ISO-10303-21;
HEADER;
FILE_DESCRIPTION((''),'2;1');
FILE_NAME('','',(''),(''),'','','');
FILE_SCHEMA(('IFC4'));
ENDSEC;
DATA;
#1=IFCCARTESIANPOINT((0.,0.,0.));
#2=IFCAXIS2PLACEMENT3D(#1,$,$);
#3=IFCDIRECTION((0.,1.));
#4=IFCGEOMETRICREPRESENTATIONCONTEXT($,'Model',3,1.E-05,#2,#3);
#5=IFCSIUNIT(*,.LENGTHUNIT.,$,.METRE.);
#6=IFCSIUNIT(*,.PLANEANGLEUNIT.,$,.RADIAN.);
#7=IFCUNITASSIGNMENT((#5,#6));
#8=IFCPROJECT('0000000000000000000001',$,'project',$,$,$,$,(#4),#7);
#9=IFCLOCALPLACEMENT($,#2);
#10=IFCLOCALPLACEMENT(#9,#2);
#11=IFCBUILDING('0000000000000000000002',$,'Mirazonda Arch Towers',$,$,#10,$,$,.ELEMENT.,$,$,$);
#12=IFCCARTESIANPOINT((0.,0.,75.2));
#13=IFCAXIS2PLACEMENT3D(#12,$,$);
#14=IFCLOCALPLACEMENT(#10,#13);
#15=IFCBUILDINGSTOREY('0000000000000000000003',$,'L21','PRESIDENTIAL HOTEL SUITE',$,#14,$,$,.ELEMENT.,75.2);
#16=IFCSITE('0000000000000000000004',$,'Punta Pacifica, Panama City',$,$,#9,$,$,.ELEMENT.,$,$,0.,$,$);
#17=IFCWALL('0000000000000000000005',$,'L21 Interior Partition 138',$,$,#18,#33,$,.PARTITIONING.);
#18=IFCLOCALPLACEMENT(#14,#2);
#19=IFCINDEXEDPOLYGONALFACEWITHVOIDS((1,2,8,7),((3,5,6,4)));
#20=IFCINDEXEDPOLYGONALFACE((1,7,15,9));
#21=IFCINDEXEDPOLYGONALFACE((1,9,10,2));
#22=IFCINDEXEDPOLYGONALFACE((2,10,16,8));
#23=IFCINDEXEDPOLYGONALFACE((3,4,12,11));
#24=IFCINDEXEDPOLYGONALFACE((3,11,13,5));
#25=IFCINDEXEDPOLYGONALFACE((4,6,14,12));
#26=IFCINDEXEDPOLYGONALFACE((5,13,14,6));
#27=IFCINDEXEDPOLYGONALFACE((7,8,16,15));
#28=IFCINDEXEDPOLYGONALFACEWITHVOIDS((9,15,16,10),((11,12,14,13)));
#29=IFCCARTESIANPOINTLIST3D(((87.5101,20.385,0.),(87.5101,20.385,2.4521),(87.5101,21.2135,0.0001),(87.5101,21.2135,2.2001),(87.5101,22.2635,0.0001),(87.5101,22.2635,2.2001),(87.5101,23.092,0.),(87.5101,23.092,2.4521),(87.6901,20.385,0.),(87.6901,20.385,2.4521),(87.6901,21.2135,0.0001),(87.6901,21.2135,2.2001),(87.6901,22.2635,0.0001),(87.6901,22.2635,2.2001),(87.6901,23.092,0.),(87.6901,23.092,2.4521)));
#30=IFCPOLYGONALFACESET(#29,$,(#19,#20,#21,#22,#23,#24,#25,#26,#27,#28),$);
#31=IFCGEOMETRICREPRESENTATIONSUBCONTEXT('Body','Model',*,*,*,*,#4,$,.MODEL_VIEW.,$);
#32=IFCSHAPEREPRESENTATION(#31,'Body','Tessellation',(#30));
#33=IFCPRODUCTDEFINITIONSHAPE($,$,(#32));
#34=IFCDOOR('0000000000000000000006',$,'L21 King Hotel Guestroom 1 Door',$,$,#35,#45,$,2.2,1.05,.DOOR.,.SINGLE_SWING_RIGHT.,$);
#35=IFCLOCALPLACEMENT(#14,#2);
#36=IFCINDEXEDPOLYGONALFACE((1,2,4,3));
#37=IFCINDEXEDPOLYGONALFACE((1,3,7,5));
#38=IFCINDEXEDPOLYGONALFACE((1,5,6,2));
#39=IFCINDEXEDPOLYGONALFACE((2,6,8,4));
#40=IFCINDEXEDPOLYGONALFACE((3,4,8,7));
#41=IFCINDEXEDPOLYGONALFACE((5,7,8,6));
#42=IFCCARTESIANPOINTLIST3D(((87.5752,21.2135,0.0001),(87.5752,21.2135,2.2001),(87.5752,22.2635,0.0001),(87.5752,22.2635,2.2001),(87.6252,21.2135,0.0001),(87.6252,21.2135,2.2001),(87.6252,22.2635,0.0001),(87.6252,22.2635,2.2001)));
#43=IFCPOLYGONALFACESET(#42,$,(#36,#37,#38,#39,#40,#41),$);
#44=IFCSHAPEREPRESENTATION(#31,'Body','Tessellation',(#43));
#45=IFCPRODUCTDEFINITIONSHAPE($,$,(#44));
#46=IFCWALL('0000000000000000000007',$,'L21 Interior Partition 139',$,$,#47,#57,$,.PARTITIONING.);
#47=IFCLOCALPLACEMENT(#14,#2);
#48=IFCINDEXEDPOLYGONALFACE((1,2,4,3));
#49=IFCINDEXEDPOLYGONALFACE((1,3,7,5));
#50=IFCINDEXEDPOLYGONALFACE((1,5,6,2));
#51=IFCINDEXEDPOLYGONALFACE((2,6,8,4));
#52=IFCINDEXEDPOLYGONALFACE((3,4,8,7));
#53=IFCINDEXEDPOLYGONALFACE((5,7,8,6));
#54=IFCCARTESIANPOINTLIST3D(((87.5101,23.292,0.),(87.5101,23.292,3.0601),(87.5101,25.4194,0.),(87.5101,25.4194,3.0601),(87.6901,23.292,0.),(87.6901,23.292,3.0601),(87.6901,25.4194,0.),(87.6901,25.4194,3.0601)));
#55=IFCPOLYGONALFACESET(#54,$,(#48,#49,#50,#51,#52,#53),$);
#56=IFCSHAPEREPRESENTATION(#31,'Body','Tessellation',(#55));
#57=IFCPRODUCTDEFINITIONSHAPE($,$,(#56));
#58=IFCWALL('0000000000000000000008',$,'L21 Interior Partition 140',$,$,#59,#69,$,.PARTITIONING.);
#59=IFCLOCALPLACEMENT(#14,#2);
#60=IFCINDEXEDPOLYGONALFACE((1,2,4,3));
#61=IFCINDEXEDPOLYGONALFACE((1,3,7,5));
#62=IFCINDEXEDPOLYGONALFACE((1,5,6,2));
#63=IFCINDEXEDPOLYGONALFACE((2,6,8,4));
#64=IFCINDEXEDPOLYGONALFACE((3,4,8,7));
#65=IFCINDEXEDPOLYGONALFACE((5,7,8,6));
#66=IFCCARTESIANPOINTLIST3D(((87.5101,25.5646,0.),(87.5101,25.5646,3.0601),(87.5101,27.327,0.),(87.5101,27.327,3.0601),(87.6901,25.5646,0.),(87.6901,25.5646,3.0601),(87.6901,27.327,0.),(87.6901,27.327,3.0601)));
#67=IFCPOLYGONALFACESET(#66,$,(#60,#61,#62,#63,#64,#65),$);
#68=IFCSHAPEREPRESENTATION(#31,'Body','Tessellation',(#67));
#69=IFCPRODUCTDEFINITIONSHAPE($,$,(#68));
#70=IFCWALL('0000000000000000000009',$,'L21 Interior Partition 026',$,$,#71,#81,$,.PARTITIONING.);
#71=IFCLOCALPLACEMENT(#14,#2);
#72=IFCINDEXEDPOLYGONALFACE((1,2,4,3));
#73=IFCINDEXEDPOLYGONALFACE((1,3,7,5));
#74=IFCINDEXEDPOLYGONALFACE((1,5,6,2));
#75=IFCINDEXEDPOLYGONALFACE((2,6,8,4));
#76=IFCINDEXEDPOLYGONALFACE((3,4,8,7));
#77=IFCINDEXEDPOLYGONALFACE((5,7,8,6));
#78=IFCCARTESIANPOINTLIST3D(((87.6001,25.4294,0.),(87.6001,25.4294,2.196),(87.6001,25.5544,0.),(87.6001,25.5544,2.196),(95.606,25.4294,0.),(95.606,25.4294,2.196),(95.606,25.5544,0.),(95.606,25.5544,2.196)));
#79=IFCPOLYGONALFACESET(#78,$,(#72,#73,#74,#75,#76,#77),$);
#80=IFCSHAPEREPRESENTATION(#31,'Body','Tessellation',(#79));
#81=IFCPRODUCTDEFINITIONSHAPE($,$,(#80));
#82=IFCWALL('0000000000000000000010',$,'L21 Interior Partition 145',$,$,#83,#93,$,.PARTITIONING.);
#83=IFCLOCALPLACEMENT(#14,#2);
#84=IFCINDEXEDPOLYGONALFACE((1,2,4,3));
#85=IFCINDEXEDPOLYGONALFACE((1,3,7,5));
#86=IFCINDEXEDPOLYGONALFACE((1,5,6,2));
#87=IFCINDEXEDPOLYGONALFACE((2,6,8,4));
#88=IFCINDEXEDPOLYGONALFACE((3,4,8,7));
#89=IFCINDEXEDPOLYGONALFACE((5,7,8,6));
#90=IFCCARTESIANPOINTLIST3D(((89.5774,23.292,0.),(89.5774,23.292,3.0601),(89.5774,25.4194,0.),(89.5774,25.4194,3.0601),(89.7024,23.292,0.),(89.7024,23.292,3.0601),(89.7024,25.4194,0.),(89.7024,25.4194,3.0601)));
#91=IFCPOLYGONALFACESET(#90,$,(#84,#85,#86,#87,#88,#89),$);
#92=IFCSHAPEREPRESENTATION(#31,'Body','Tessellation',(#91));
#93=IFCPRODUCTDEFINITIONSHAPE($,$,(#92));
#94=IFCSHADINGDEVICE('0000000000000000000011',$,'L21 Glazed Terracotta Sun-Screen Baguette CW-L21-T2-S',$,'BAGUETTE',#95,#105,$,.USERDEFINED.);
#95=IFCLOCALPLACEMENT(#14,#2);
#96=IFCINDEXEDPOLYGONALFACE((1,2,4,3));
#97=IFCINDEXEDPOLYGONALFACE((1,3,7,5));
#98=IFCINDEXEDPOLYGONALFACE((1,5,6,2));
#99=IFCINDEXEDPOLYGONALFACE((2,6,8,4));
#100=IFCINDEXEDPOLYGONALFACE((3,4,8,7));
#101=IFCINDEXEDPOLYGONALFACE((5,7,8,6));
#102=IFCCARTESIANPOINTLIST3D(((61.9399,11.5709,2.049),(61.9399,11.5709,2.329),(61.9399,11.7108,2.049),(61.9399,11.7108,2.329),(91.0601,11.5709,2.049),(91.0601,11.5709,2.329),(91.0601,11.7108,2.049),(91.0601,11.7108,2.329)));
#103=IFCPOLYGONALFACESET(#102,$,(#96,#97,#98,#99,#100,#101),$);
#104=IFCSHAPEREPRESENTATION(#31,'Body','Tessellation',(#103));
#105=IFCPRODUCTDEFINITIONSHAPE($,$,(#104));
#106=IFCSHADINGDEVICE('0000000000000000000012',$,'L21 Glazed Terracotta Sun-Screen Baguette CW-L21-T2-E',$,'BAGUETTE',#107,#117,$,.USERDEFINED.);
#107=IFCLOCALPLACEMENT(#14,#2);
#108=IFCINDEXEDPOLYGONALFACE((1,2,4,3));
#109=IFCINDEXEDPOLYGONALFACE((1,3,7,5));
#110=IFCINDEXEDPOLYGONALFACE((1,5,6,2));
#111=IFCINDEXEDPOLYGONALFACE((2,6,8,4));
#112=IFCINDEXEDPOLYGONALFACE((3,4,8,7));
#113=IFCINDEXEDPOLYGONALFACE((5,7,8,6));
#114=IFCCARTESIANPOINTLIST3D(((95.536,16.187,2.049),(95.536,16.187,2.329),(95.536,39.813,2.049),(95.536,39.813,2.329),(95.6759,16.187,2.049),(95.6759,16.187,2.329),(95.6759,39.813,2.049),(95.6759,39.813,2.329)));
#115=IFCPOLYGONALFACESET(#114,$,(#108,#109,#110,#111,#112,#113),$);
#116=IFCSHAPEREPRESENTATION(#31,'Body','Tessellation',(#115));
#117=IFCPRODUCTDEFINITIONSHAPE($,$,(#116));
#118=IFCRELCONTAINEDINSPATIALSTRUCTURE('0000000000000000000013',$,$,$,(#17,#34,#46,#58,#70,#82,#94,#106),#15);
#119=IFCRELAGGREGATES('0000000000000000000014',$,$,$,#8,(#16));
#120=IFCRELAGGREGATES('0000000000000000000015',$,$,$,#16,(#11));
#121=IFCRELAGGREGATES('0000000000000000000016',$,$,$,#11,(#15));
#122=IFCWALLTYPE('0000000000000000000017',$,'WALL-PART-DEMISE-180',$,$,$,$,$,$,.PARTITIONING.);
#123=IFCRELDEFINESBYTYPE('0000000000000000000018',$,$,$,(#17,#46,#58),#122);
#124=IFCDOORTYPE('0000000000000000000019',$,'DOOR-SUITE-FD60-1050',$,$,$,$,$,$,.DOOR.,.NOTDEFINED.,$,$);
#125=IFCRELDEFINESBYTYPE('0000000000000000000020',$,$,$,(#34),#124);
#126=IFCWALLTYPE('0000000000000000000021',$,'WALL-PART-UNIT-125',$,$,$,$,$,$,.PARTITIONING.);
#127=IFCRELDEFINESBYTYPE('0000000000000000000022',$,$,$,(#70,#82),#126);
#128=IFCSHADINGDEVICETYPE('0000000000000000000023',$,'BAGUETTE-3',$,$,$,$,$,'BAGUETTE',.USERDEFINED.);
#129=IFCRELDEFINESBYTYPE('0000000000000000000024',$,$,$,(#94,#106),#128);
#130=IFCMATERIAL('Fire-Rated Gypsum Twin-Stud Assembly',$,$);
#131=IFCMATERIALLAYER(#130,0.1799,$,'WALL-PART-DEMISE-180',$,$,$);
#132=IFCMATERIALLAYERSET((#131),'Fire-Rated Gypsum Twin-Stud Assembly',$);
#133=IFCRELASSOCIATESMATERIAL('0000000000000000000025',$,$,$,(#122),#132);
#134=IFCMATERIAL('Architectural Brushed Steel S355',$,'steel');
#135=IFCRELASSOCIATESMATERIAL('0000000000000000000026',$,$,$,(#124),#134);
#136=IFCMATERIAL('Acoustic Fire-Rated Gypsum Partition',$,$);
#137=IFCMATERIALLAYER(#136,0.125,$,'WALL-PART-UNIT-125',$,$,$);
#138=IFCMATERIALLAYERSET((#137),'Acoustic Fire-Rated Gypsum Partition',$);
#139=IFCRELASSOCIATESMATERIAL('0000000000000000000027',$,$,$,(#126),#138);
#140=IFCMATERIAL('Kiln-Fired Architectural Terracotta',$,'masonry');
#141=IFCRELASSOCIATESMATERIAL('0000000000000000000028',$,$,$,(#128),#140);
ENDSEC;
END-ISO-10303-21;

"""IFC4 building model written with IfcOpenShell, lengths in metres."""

from ifc_helpers import new_model, si_unit, direction, frame, frame_2d, origin, origin_2d, place, context, subcontext, project, spatial, rectangle, extrude, material, layer, layer_set, material_profile, profile_set, type_object, element, fill, save


model = new_model("IFC4")

# Units and contexts
model_context = context("Model", 3, precision=1e-05, world=origin(), true_north=direction((0.0, 1.0)))
body_context = subcontext(model_context, "Body", "Model", "MODEL_VIEW")
ifc_project = project(units=[si_unit("LENGTHUNIT", "METRE"), si_unit("PLANEANGLEUNIT", "RADIAN")], contexts=[model_context])

# Site, building, storey
site_placement = place(None, origin())
site = spatial("IfcSite", under=ifc_project, at=site_placement, Name="Punta Pacifica, Panama City", CompositionType="ELEMENT", RefElevation=0.0)
building_placement = place(site_placement, origin())
building = spatial("IfcBuilding", under=site, at=building_placement, Name="Mirazonda Arch Towers", CompositionType="ELEMENT")
storey_placement = place(building_placement, frame((0.0, 0.0, 75.2)))
storey = spatial("IfcBuildingStorey", under=building, at=storey_placement, Name="L21", Description="PRESIDENTIAL HOTEL SUITE", CompositionType="ELEMENT", Elevation=75.2)

# Shared definitions
ifc_material_1 = material(Name="Fire-Rated Gypsum Twin-Stud Assembly")
ifc_layer_1 = layer(ifc_material_1, 0.1799, Name="WALL-PART-DEMISE-180")
ifc_layer_set_1 = layer_set([ifc_layer_1], Name="Fire-Rated Gypsum Twin-Stud Assembly")
wall_type_1 = type_object("IfcWallType", Name="WALL-PART-DEMISE-180", PredefinedType="PARTITIONING", material=ifc_layer_set_1)

# Shared definitions
ifc_material_2 = material(Name="Architectural Brushed Steel S355", Category="steel")

# Wall, opening, door
wall_1_placement = place(storey_placement, frame((87.6001, 20.385, 0.0), z_axis=(0.0, 0.0, 1.0), x_axis=(0.0, 1.0, 0.0)))
wall_1 = element("IfcWall", 1, at=wall_1_placement, inside=storey, type_object=wall_type_1, Name="L21 Interior Partition 138", PredefinedType="PARTITIONING", context=body_context, shape_type="SweptSolid", body=[
    extrude(rectangle(XDim=2.707, YDim=0.1799, at=frame_2d((1.3535, 0.0))), origin(), (0.0, 0.0, 1.0), 2.4521),
])
opening_1_placement = place(wall_1_placement, frame((0.8286, 0.0, 0.0)))
opening_1 = element("IfcOpeningElement", 2, at=opening_1_placement, cuts=wall_1, PredefinedType="OPENING", context=body_context, shape_type="SweptSolid", body=[
    extrude(rectangle(XDim=1.05, YDim=2.2, at=frame_2d((0.5249, 1.1001))), frame((0.0, 0.0999, 0.0), z_axis=(0.0, -1.0, 0.0), x_axis=(1.0, 0.0, 0.0)), (0.0, 0.0, 1.0), 0.2),
])
door_type_1 = type_object("IfcDoorType", Name="DOOR-SUITE-FD60-1050", OperationType="NOTDEFINED", PredefinedType="DOOR", material=ifc_material_2)
door_1_placement = place(opening_1_placement, origin())
door_1 = element("IfcDoor", 3, at=door_1_placement, inside=storey, type_object=door_type_1, Name="L21 King Hotel Guestroom 1 Door", OperationType="SINGLE_SWING_RIGHT", OverallHeight=2.2, OverallWidth=1.05, PredefinedType="DOOR", context=body_context, shape_type="SweptSolid", body=[
    extrude(rectangle(XDim=1.05, YDim=2.2, at=frame_2d((0.5249, 1.1001))), frame((0.0, 0.0249, 0.0), z_axis=(0.0, -1.0, 0.0), x_axis=(1.0, 0.0, 0.0)), (0.0, 0.0, 1.0), 0.05),
])
fill(opening_1, door_1)

# Walls
wall_2_placement = place(storey_placement, frame((87.6001, 23.292, 0.0), z_axis=(0.0, 0.0, 1.0), x_axis=(0.0, 1.0, 0.0)))
element("IfcWall", 4, at=wall_2_placement, inside=storey, type_object=wall_type_1, Name="L21 Interior Partition 139", PredefinedType="PARTITIONING", context=body_context, shape_type="SweptSolid", body=[
    extrude(rectangle(XDim=2.1274, YDim=0.1799, at=frame_2d((1.0637, 0.0))), origin(), (0.0, 0.0, 1.0), 3.0601),
])
wall_3_placement = place(storey_placement, frame((87.6001, 25.5645, 0.0), z_axis=(0.0, 0.0, 1.0), x_axis=(0.0, 1.0, 0.0)))
element("IfcWall", 5, at=wall_3_placement, inside=storey, type_object=wall_type_1, Name="L21 Interior Partition 140", PredefinedType="PARTITIONING", context=body_context, shape_type="SweptSolid", body=[
    extrude(rectangle(XDim=1.7625, YDim=0.1799, at=frame_2d((0.8813, 0.0))), origin(), (0.0, 0.0, 1.0), 3.0601),
])
ifc_material_3 = material(Name="Acoustic Fire-Rated Gypsum Partition")
ifc_layer_2 = layer(ifc_material_3, 0.125, Name="WALL-PART-UNIT-125")
ifc_layer_set_2 = layer_set([ifc_layer_2], Name="Acoustic Fire-Rated Gypsum Partition")
wall_type_2 = type_object("IfcWallType", Name="WALL-PART-UNIT-125", PredefinedType="PARTITIONING", material=ifc_layer_set_2)
wall_4_placement = place(storey_placement, frame((87.6001, 25.4919, 0.0), z_axis=(0.0, 0.0, 1.0), x_axis=(1.0, 0.0, 0.0)))
element("IfcWall", 6, at=wall_4_placement, inside=storey, type_object=wall_type_2, Name="L21 Interior Partition 026", PredefinedType="PARTITIONING", context=body_context, shape_type="SweptSolid", body=[
    extrude(rectangle(XDim=8.0059, YDim=0.125, at=frame_2d((4.0029, 0.0))), origin(), (0.0, 0.0, 1.0), 2.196),
])
wall_5_placement = place(storey_placement, frame((89.6399, 23.292, 0.0), z_axis=(0.0, 0.0, 1.0), x_axis=(0.0, 1.0, 0.0)))
element("IfcWall", 7, at=wall_5_placement, inside=storey, type_object=wall_type_2, Name="L21 Interior Partition 145", PredefinedType="PARTITIONING", context=body_context, shape_type="SweptSolid", body=[
    extrude(rectangle(XDim=2.1274, YDim=0.125, at=frame_2d((1.0637, 0.0))), origin(), (0.0, 0.0, 1.0), 3.0601),
])

# Shading devices
ifc_material_4 = material(Name="Kiln-Fired Architectural Terracotta", Category="masonry")
ifc_material_profile_1 = material_profile(ifc_material_4, rectangle(XDim=0.1399, YDim=0.28, at=origin_2d()), Name="TERRA-BAG-140x280")
ifc_profile_set_1 = profile_set([ifc_material_profile_1], Name="Kiln-Fired Architectural Terracotta")
shading_device_type = type_object("IfcShadingDeviceType", Name="BAGUETTE-3", ElementType="BAGUETTE", PredefinedType="USERDEFINED", material=ifc_profile_set_1)
shading_device_1_placement = place(storey_placement, frame((91.0601, 11.6409, 2.189), z_axis=(-1.0, 0.0, 0.0), x_axis=(0.0, -1.0, 0.0)))
element("IfcShadingDevice", 8, at=shading_device_1_placement, inside=storey, type_object=shading_device_type, Name="L21 Glazed Terracotta Sun-Screen Baguette CW-L21-T2-S", ObjectType="BAGUETTE", PredefinedType="USERDEFINED", context=body_context, shape_type="SweptSolid", body=[
    extrude(rectangle(XDim=0.1399, YDim=0.28, at=origin_2d()), origin(), (0.0, 0.0, 1.0), 29.1201),
])
shading_device_2_placement = place(storey_placement, frame((95.606, 16.187, 2.189), z_axis=(0.0, 1.0, 0.0), x_axis=(-1.0, 0.0, 0.0)))
element("IfcShadingDevice", 9, at=shading_device_2_placement, inside=storey, type_object=shading_device_type, Name="L21 Glazed Terracotta Sun-Screen Baguette CW-L21-T2-E", ObjectType="BAGUETTE", PredefinedType="USERDEFINED", context=body_context, shape_type="SweptSolid", body=[
    extrude(rectangle(XDim=0.1399, YDim=0.28, at=origin_2d()), origin(), (0.0, 0.0, 1.0), 23.626),
])

save(model, "model.ifc")
